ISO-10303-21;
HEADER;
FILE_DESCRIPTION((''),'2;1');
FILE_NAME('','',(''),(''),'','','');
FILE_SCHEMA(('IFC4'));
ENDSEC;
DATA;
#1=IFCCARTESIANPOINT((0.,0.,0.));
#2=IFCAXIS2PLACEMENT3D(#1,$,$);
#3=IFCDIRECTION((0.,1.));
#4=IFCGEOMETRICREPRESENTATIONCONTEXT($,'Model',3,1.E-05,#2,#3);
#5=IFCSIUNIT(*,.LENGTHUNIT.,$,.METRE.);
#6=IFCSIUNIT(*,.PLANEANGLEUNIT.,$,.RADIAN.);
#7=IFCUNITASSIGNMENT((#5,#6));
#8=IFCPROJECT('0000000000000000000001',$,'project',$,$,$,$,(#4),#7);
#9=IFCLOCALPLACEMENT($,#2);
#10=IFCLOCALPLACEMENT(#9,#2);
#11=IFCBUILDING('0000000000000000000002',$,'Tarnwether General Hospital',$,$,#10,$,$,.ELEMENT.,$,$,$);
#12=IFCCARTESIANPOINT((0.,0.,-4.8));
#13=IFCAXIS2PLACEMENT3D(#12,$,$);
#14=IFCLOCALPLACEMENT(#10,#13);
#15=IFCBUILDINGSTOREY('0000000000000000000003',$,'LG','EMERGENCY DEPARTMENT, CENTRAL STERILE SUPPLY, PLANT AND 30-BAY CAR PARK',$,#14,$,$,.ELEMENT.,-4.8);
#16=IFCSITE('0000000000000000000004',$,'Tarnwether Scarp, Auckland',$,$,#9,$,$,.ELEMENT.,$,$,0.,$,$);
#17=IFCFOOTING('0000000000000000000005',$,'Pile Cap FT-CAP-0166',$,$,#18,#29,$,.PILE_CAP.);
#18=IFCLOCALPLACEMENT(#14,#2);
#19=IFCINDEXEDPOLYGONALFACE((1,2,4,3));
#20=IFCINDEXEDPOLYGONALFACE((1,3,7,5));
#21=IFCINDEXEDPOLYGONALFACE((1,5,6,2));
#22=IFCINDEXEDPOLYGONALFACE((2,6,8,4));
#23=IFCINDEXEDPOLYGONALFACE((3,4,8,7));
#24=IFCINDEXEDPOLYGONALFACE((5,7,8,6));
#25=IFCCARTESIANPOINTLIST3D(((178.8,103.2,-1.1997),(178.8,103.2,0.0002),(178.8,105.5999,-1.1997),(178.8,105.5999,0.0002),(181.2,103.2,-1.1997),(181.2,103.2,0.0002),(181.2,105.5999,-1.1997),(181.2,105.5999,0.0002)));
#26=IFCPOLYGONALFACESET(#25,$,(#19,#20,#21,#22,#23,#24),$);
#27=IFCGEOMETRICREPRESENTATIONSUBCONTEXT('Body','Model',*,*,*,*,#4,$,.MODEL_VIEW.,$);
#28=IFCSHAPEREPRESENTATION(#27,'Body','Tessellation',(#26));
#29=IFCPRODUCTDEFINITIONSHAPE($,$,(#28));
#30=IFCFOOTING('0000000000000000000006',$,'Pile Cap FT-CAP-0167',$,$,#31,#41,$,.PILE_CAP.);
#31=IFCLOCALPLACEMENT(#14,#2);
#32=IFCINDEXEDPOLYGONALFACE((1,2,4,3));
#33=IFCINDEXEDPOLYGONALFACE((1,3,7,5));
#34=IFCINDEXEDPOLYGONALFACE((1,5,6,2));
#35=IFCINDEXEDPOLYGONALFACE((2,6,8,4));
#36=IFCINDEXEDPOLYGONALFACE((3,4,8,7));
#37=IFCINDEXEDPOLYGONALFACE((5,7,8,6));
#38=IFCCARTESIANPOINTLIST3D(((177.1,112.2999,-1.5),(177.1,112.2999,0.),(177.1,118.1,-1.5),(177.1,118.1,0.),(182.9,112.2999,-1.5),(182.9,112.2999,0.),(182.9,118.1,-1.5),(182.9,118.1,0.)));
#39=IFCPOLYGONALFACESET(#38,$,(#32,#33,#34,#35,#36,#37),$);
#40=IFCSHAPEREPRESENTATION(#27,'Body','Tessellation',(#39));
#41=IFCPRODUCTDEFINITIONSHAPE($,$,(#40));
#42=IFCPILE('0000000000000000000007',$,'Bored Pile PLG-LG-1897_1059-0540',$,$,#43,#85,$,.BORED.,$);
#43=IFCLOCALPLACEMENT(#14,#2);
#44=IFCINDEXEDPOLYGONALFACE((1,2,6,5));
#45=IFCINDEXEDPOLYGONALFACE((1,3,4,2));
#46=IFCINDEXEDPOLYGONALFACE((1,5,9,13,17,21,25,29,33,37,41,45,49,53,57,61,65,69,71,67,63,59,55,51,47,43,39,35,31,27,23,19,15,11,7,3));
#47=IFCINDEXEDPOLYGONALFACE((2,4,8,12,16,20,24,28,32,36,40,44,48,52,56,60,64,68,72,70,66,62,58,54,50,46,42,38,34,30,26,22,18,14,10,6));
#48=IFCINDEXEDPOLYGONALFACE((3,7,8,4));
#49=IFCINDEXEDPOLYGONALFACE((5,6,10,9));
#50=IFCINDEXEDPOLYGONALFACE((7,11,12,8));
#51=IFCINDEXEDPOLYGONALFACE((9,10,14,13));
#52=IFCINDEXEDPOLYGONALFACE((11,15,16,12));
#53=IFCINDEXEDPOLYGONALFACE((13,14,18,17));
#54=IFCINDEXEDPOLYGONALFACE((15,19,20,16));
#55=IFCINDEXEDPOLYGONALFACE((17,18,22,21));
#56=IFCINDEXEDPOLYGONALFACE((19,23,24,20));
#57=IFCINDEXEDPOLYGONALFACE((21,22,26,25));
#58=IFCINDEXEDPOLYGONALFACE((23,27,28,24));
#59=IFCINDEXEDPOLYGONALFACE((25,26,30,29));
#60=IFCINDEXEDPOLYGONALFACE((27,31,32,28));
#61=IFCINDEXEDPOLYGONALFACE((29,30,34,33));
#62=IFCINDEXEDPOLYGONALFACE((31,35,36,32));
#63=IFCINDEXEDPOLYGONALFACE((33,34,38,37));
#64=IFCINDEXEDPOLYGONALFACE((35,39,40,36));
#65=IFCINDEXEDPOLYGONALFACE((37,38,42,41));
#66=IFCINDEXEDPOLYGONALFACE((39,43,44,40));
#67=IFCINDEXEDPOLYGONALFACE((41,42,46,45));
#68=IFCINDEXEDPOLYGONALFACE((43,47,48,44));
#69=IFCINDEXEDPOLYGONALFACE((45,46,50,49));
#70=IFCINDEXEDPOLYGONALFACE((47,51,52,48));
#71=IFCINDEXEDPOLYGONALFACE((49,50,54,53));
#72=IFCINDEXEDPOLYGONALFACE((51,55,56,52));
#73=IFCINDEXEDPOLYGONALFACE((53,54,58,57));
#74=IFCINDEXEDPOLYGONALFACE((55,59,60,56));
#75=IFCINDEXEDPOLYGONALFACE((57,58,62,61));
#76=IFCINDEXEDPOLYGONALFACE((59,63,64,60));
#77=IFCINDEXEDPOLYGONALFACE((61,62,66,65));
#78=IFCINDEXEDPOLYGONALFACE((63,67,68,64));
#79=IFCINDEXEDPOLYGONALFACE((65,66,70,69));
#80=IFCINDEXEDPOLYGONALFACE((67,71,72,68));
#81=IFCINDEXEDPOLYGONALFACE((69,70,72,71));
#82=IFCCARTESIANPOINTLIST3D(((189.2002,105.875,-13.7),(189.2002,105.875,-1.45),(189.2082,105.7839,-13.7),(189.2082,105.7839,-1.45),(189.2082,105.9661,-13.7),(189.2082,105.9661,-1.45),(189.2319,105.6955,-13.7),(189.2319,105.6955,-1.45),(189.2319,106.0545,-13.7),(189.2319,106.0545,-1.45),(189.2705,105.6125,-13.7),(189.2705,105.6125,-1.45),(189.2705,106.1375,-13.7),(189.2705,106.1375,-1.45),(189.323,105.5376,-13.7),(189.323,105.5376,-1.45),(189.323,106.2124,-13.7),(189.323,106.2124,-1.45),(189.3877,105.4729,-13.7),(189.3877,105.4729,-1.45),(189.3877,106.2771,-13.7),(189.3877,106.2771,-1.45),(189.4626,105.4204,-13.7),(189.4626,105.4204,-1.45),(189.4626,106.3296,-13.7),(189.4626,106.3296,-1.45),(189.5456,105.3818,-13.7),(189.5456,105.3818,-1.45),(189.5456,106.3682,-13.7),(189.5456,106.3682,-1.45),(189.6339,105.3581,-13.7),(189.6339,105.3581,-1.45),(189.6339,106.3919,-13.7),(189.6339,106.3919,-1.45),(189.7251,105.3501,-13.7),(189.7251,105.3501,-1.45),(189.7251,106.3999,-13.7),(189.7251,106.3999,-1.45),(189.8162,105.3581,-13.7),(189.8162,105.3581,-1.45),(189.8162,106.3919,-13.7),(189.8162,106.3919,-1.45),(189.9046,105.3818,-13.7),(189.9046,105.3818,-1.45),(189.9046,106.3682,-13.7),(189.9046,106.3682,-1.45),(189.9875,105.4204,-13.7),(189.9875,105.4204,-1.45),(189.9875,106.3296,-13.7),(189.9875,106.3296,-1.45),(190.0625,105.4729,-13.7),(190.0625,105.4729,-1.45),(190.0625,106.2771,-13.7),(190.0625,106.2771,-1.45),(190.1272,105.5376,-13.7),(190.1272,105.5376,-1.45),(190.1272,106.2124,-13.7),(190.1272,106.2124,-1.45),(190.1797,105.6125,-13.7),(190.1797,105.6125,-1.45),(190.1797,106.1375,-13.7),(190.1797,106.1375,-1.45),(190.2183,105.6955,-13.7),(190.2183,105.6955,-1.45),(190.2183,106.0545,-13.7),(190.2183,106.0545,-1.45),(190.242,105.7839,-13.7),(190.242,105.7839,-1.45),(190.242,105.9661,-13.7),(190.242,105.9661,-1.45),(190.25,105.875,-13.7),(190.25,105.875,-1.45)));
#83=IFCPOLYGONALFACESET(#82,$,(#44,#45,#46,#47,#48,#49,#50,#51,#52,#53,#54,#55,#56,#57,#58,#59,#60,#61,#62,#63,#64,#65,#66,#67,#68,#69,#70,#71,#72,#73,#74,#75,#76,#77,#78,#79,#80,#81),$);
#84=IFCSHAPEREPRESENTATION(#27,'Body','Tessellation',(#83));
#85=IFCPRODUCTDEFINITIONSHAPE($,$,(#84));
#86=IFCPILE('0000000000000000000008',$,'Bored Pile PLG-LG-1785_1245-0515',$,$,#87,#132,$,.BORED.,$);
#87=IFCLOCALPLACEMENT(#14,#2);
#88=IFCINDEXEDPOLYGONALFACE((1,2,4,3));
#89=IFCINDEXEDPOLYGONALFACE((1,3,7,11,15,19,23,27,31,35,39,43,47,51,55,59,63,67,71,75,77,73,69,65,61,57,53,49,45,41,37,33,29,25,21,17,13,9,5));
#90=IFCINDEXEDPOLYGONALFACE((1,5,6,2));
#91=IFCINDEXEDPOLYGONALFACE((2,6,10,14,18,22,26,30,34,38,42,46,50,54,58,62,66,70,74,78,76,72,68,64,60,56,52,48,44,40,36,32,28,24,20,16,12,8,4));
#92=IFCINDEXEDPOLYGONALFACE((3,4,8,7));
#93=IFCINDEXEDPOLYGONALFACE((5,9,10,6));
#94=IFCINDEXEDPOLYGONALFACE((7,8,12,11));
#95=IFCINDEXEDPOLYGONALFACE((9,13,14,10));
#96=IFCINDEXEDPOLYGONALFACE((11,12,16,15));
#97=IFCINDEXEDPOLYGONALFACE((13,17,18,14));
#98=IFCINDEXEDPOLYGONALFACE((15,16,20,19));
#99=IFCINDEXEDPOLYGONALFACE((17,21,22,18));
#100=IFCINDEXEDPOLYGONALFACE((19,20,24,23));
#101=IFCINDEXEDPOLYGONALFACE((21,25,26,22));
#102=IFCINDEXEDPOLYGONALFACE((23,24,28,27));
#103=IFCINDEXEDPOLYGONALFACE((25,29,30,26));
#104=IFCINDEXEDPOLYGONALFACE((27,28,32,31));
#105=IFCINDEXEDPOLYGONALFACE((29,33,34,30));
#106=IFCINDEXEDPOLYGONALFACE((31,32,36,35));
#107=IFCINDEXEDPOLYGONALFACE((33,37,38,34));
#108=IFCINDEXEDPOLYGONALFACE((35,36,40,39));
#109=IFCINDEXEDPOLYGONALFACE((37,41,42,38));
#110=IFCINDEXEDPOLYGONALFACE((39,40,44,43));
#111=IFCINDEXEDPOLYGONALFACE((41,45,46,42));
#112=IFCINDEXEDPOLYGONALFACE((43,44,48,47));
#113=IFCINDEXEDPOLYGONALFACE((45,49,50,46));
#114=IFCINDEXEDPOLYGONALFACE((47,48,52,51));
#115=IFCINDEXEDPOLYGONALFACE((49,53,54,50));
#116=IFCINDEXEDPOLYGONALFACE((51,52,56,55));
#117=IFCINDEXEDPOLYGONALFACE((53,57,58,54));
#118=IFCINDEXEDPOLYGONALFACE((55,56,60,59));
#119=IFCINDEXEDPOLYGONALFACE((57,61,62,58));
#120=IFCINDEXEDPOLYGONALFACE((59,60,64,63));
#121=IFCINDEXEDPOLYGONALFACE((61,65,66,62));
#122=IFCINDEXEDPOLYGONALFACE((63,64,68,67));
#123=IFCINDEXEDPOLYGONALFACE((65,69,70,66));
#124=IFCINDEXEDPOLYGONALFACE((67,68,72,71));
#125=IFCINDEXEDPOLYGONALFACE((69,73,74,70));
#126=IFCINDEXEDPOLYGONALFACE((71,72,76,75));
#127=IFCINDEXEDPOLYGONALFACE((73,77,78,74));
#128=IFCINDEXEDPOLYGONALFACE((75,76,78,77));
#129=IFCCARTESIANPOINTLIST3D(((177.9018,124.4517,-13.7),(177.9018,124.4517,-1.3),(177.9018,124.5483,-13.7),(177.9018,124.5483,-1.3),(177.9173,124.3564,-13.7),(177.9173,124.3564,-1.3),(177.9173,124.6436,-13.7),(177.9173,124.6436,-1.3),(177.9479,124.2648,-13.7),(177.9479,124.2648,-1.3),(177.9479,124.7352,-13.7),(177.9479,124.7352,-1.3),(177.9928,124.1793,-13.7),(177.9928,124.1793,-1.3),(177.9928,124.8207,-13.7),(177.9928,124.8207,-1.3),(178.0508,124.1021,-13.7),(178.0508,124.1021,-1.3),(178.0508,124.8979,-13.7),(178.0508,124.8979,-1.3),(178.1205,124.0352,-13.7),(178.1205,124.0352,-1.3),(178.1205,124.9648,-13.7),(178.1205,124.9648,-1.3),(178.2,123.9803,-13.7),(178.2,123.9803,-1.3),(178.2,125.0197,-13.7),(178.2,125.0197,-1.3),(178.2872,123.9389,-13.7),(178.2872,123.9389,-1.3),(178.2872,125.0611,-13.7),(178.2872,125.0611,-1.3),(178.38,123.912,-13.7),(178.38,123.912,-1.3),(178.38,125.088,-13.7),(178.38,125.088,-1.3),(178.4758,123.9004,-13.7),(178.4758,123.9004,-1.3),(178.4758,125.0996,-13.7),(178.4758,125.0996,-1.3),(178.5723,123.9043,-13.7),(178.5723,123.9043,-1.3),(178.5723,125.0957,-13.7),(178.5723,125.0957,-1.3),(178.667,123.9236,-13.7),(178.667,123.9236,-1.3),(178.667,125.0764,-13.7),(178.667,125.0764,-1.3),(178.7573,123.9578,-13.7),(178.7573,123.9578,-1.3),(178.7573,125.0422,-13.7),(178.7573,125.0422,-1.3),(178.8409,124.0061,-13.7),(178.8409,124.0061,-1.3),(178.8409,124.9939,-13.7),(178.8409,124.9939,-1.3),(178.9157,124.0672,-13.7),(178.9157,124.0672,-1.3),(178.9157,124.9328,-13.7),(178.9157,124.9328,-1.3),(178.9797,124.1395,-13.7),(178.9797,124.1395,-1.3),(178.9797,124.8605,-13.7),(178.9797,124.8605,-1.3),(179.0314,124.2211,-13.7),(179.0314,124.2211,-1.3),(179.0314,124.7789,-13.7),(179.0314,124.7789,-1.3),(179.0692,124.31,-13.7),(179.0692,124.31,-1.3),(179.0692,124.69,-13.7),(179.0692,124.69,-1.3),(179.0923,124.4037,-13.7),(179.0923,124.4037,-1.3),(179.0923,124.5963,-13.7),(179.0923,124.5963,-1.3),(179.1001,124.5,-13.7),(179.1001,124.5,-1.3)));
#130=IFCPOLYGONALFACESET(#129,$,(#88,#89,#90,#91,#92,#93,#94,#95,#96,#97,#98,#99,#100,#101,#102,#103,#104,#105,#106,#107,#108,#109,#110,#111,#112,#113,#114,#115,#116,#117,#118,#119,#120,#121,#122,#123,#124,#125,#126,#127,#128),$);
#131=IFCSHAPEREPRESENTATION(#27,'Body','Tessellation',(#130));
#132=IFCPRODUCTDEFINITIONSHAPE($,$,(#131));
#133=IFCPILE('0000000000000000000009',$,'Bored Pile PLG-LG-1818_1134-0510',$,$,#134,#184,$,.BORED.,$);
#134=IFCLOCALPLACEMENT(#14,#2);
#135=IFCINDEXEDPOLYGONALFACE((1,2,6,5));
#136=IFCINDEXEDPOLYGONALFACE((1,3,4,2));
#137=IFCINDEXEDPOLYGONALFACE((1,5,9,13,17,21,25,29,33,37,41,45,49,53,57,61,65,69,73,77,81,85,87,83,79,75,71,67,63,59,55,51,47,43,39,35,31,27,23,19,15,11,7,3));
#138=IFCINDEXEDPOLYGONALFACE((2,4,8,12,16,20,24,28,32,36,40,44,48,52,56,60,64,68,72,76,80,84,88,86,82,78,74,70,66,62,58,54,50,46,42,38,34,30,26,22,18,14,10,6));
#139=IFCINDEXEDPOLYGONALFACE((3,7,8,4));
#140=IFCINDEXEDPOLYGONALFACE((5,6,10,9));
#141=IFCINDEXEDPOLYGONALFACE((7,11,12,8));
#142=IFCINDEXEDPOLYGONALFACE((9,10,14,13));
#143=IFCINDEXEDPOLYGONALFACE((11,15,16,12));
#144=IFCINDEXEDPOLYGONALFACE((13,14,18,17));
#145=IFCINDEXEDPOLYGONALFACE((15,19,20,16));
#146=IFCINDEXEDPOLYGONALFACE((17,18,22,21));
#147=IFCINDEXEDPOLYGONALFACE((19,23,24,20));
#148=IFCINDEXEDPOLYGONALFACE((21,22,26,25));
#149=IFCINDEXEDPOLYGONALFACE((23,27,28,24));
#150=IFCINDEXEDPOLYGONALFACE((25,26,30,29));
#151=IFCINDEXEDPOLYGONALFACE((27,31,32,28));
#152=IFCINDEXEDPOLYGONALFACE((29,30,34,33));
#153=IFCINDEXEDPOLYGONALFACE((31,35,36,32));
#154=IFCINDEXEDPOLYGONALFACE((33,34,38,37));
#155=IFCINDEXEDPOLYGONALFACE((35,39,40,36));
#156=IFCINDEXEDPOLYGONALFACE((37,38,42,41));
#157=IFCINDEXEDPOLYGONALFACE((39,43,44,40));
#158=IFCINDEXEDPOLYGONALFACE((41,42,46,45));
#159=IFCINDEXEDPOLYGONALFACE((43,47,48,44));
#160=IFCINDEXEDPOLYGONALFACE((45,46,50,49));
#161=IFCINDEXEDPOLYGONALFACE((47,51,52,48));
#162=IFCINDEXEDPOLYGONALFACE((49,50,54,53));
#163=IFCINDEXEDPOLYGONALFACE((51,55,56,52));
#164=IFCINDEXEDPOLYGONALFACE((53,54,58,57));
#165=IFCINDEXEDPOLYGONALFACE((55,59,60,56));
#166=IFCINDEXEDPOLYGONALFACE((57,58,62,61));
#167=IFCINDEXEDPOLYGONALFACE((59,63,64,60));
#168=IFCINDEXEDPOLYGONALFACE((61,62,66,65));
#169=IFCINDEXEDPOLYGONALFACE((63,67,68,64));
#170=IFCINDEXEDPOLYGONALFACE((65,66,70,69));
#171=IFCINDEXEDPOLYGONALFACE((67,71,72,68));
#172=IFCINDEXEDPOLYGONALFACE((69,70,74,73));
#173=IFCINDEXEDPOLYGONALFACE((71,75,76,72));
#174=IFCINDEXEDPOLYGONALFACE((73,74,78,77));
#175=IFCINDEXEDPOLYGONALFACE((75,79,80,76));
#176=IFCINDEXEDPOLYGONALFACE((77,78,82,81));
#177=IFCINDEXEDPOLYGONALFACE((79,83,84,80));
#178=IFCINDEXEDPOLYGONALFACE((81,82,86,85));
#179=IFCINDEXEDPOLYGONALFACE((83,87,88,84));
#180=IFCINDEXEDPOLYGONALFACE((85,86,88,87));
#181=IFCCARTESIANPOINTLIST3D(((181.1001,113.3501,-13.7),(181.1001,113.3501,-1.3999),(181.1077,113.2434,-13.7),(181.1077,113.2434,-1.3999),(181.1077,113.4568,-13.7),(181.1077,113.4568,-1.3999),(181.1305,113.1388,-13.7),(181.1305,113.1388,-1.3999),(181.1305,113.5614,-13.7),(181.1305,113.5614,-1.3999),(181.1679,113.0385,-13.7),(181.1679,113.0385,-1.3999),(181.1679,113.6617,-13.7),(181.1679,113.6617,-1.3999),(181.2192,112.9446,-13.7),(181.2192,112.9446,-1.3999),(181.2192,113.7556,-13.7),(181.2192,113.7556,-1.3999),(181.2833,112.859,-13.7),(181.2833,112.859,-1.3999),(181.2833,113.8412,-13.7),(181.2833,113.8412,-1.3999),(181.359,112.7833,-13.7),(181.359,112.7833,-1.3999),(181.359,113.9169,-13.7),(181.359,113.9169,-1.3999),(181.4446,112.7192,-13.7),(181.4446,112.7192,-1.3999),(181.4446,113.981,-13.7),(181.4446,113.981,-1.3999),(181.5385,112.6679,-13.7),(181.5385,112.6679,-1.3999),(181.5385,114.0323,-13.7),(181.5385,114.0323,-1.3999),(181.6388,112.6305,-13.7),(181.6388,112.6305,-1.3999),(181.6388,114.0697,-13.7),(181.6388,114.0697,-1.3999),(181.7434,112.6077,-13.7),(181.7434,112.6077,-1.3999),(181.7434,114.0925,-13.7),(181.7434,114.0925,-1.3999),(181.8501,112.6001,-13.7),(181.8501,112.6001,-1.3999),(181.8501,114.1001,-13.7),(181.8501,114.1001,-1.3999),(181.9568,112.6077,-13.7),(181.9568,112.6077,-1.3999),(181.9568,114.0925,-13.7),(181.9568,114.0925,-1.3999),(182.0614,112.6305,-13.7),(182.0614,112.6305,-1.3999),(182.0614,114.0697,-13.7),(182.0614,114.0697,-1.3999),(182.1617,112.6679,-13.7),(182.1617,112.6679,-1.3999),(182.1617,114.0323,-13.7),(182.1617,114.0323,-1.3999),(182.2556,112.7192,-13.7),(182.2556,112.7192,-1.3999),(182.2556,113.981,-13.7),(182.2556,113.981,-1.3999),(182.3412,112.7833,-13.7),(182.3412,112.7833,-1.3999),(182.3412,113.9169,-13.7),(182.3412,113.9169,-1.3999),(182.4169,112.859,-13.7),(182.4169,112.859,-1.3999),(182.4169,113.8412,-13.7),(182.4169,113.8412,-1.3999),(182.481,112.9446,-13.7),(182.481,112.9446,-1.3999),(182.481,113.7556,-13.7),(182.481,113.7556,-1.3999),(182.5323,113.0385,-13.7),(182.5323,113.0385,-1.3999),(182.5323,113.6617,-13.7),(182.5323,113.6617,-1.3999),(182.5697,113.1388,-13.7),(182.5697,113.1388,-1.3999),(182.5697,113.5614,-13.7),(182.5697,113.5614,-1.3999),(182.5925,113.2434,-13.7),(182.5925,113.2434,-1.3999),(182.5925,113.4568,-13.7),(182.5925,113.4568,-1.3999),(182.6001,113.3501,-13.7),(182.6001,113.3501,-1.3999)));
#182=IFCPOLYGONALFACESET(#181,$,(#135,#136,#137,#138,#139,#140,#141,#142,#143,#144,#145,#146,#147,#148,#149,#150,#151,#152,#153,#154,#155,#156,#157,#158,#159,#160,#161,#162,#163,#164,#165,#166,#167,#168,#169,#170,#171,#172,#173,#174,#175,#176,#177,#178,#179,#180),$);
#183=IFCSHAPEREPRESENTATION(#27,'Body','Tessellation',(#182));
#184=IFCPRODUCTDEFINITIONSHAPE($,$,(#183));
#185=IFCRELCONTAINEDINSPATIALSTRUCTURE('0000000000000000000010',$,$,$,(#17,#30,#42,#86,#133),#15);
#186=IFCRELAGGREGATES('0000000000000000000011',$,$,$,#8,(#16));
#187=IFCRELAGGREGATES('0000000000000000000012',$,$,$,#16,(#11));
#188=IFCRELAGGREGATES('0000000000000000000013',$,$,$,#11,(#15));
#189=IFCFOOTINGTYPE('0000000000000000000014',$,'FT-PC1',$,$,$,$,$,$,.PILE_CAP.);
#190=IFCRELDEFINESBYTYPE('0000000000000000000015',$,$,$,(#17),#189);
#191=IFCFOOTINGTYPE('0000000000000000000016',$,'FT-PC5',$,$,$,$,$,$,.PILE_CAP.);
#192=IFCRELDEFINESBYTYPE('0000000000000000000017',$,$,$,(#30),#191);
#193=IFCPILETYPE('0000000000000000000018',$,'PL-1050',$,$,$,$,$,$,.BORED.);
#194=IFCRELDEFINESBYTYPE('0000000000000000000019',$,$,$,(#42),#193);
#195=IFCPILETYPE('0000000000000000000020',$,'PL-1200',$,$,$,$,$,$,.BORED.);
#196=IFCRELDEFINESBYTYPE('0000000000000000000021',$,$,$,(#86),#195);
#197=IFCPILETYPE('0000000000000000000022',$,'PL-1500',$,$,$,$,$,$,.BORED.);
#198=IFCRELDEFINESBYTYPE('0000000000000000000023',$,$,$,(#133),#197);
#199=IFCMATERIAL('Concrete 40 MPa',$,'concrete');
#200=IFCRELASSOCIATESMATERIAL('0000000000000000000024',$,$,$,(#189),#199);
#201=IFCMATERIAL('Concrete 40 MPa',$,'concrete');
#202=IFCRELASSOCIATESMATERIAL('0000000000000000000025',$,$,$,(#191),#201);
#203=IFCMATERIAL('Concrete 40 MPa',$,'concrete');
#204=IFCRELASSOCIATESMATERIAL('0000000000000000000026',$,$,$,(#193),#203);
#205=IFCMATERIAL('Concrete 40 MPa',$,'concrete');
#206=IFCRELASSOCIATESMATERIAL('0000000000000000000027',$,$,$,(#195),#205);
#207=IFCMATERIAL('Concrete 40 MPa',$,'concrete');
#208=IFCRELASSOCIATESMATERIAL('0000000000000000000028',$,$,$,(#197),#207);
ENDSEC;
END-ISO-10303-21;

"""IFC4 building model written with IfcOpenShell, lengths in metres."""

from ifc_helpers import new_model, si_unit, direction, frame, origin, origin_2d, place, context, subcontext, project, spatial, rectangle, circle, extrude, material, material_profile, profile_set, type_object, element, save


model = new_model("IFC4")

# Units and contexts
model_context = context("Model", 3, precision=1e-05, world=origin(), true_north=direction((0.0, 1.0)))
body_context = subcontext(model_context, "Body", "Model", "MODEL_VIEW")
ifc_project = project(units=[si_unit("LENGTHUNIT", "METRE"), si_unit("PLANEANGLEUNIT", "RADIAN")], contexts=[model_context])

# Site, building, storey
site_placement = place(None, origin())
site = spatial("IfcSite", under=ifc_project, at=site_placement, Name="Tarnwether Scarp, Auckland", CompositionType="ELEMENT", RefElevation=0.0)
building_placement = place(site_placement, origin())
building = spatial("IfcBuilding", under=site, at=building_placement, Name="Tarnwether General Hospital", CompositionType="ELEMENT")
storey_placement = place(building_placement, frame((0.0, 0.0, -4.8)))
storey = spatial("IfcBuildingStorey", under=building, at=storey_placement, Name="LG", Description="EMERGENCY DEPARTMENT, CENTRAL STERILE SUPPLY, PLANT AND 30-BAY CAR PARK", CompositionType="ELEMENT", Elevation=-4.8)

# Footings
ifc_material_1 = material(Name="Concrete 40 MPa", Category="concrete")
footing_type_1 = type_object("IfcFootingType", Name="FT-PC1", PredefinedType="PILE_CAP", material=ifc_material_1)
footing_1_placement = place(storey_placement, frame((180.0, 104.3999, -1.1997), z_axis=(0.0, 0.0, 1.0), x_axis=(0.0, 1.0, 0.0)))
element("IfcFooting", 1, at=footing_1_placement, inside=storey, type_object=footing_type_1, Name="Pile Cap FT-CAP-0166", PredefinedType="PILE_CAP", context=body_context, shape_type="SweptSolid", body=[
    extrude(rectangle(XDim=2.3999, YDim=2.3999, at=origin_2d()), origin(), (0.0, 0.0, 1.0), 1.2),
])
ifc_material_2 = material(Name="Concrete 40 MPa", Category="concrete")
footing_type_2 = type_object("IfcFootingType", Name="FT-PC5", PredefinedType="PILE_CAP", material=ifc_material_2)
footing_2_placement = place(storey_placement, frame((180.0, 115.2, -1.5), z_axis=(0.0, 0.0, 1.0), x_axis=(0.0, 1.0, 0.0)))
element("IfcFooting", 2, at=footing_2_placement, inside=storey, type_object=footing_type_2, Name="Pile Cap FT-CAP-0167", PredefinedType="PILE_CAP", context=body_context, shape_type="SweptSolid", body=[
    extrude(rectangle(XDim=5.8, YDim=5.8, at=origin_2d()), origin(), (0.0, 0.0, 1.0), 1.5),
])

# Piles
ifc_material_3 = material(Name="Concrete 40 MPa", Category="concrete")
ifc_material_profile_1 = material_profile(ifc_material_3, circle(Radius=0.5249, at=origin_2d()), Name="PILE-D1050")
ifc_profile_set_1 = profile_set([ifc_material_profile_1], Name="Concrete 40 MPa")
pile_type_1 = type_object("IfcPileType", Name="PL-1050", PredefinedType="BORED", material=ifc_profile_set_1)
pile_1_placement = place(storey_placement, frame((189.7251, 105.875, -1.45), z_axis=(0.0, 0.0, -1.0), x_axis=(1.0, 0.0, 0.0)))
element("IfcPile", 3, at=pile_1_placement, inside=storey, type_object=pile_type_1, Name="Bored Pile PLG-LG-1897_1059-0540", PredefinedType="BORED", context=body_context, shape_type="SweptSolid", body=[
    extrude(circle(Radius=0.5249, at=origin_2d()), origin(), (0.0, 0.0, 1.0), 12.25),
])
ifc_material_4 = material(Name="Concrete 40 MPa", Category="concrete")
ifc_material_profile_2 = material_profile(ifc_material_4, circle(Radius=0.6001, at=origin_2d()), Name="PILE-D1200")
ifc_profile_set_2 = profile_set([ifc_material_profile_2], Name="Concrete 40 MPa")
pile_type_2 = type_object("IfcPileType", Name="PL-1200", PredefinedType="BORED", material=ifc_profile_set_2)
pile_2_placement = place(storey_placement, frame((178.5, 124.5, -1.3), z_axis=(0.0, 0.0, -1.0), x_axis=(1.0, 0.0, 0.0)))
element("IfcPile", 4, at=pile_2_placement, inside=storey, type_object=pile_type_2, Name="Bored Pile PLG-LG-1785_1245-0515", PredefinedType="BORED", context=body_context, shape_type="SweptSolid", body=[
    extrude(circle(Radius=0.6001, at=origin_2d()), origin(), (0.0, 0.0, 1.0), 12.3999),
])
ifc_material_5 = material(Name="Concrete 40 MPa", Category="concrete")
ifc_material_profile_3 = material_profile(ifc_material_5, circle(Radius=0.75, at=origin_2d()), Name="PILE-D1500")
ifc_profile_set_3 = profile_set([ifc_material_profile_3], Name="Concrete 40 MPa")
pile_type_3 = type_object("IfcPileType", Name="PL-1500", PredefinedType="BORED", material=ifc_profile_set_3)
for number, where, z_axis, x_axis, name in (
    (5, (181.8501, 113.3501, -1.3999), (0.0, 0.0, -1.0), (1.0, 0.0, 0.0), "Bored Pile PLG-LG-1818_1134-0510"),
):
    element("IfcPile", number, at=place(storey_placement, frame(where, z_axis=z_axis, x_axis=x_axis)), inside=storey, type_object=pile_type_3, Name=name, PredefinedType="BORED", context=body_context, shape_type="SweptSolid", body=[
        extrude(circle(Radius=0.75, at=origin_2d()), origin(), (0.0, 0.0, 1.0), 12.3),
    ])

save(model, "model.ifc")
